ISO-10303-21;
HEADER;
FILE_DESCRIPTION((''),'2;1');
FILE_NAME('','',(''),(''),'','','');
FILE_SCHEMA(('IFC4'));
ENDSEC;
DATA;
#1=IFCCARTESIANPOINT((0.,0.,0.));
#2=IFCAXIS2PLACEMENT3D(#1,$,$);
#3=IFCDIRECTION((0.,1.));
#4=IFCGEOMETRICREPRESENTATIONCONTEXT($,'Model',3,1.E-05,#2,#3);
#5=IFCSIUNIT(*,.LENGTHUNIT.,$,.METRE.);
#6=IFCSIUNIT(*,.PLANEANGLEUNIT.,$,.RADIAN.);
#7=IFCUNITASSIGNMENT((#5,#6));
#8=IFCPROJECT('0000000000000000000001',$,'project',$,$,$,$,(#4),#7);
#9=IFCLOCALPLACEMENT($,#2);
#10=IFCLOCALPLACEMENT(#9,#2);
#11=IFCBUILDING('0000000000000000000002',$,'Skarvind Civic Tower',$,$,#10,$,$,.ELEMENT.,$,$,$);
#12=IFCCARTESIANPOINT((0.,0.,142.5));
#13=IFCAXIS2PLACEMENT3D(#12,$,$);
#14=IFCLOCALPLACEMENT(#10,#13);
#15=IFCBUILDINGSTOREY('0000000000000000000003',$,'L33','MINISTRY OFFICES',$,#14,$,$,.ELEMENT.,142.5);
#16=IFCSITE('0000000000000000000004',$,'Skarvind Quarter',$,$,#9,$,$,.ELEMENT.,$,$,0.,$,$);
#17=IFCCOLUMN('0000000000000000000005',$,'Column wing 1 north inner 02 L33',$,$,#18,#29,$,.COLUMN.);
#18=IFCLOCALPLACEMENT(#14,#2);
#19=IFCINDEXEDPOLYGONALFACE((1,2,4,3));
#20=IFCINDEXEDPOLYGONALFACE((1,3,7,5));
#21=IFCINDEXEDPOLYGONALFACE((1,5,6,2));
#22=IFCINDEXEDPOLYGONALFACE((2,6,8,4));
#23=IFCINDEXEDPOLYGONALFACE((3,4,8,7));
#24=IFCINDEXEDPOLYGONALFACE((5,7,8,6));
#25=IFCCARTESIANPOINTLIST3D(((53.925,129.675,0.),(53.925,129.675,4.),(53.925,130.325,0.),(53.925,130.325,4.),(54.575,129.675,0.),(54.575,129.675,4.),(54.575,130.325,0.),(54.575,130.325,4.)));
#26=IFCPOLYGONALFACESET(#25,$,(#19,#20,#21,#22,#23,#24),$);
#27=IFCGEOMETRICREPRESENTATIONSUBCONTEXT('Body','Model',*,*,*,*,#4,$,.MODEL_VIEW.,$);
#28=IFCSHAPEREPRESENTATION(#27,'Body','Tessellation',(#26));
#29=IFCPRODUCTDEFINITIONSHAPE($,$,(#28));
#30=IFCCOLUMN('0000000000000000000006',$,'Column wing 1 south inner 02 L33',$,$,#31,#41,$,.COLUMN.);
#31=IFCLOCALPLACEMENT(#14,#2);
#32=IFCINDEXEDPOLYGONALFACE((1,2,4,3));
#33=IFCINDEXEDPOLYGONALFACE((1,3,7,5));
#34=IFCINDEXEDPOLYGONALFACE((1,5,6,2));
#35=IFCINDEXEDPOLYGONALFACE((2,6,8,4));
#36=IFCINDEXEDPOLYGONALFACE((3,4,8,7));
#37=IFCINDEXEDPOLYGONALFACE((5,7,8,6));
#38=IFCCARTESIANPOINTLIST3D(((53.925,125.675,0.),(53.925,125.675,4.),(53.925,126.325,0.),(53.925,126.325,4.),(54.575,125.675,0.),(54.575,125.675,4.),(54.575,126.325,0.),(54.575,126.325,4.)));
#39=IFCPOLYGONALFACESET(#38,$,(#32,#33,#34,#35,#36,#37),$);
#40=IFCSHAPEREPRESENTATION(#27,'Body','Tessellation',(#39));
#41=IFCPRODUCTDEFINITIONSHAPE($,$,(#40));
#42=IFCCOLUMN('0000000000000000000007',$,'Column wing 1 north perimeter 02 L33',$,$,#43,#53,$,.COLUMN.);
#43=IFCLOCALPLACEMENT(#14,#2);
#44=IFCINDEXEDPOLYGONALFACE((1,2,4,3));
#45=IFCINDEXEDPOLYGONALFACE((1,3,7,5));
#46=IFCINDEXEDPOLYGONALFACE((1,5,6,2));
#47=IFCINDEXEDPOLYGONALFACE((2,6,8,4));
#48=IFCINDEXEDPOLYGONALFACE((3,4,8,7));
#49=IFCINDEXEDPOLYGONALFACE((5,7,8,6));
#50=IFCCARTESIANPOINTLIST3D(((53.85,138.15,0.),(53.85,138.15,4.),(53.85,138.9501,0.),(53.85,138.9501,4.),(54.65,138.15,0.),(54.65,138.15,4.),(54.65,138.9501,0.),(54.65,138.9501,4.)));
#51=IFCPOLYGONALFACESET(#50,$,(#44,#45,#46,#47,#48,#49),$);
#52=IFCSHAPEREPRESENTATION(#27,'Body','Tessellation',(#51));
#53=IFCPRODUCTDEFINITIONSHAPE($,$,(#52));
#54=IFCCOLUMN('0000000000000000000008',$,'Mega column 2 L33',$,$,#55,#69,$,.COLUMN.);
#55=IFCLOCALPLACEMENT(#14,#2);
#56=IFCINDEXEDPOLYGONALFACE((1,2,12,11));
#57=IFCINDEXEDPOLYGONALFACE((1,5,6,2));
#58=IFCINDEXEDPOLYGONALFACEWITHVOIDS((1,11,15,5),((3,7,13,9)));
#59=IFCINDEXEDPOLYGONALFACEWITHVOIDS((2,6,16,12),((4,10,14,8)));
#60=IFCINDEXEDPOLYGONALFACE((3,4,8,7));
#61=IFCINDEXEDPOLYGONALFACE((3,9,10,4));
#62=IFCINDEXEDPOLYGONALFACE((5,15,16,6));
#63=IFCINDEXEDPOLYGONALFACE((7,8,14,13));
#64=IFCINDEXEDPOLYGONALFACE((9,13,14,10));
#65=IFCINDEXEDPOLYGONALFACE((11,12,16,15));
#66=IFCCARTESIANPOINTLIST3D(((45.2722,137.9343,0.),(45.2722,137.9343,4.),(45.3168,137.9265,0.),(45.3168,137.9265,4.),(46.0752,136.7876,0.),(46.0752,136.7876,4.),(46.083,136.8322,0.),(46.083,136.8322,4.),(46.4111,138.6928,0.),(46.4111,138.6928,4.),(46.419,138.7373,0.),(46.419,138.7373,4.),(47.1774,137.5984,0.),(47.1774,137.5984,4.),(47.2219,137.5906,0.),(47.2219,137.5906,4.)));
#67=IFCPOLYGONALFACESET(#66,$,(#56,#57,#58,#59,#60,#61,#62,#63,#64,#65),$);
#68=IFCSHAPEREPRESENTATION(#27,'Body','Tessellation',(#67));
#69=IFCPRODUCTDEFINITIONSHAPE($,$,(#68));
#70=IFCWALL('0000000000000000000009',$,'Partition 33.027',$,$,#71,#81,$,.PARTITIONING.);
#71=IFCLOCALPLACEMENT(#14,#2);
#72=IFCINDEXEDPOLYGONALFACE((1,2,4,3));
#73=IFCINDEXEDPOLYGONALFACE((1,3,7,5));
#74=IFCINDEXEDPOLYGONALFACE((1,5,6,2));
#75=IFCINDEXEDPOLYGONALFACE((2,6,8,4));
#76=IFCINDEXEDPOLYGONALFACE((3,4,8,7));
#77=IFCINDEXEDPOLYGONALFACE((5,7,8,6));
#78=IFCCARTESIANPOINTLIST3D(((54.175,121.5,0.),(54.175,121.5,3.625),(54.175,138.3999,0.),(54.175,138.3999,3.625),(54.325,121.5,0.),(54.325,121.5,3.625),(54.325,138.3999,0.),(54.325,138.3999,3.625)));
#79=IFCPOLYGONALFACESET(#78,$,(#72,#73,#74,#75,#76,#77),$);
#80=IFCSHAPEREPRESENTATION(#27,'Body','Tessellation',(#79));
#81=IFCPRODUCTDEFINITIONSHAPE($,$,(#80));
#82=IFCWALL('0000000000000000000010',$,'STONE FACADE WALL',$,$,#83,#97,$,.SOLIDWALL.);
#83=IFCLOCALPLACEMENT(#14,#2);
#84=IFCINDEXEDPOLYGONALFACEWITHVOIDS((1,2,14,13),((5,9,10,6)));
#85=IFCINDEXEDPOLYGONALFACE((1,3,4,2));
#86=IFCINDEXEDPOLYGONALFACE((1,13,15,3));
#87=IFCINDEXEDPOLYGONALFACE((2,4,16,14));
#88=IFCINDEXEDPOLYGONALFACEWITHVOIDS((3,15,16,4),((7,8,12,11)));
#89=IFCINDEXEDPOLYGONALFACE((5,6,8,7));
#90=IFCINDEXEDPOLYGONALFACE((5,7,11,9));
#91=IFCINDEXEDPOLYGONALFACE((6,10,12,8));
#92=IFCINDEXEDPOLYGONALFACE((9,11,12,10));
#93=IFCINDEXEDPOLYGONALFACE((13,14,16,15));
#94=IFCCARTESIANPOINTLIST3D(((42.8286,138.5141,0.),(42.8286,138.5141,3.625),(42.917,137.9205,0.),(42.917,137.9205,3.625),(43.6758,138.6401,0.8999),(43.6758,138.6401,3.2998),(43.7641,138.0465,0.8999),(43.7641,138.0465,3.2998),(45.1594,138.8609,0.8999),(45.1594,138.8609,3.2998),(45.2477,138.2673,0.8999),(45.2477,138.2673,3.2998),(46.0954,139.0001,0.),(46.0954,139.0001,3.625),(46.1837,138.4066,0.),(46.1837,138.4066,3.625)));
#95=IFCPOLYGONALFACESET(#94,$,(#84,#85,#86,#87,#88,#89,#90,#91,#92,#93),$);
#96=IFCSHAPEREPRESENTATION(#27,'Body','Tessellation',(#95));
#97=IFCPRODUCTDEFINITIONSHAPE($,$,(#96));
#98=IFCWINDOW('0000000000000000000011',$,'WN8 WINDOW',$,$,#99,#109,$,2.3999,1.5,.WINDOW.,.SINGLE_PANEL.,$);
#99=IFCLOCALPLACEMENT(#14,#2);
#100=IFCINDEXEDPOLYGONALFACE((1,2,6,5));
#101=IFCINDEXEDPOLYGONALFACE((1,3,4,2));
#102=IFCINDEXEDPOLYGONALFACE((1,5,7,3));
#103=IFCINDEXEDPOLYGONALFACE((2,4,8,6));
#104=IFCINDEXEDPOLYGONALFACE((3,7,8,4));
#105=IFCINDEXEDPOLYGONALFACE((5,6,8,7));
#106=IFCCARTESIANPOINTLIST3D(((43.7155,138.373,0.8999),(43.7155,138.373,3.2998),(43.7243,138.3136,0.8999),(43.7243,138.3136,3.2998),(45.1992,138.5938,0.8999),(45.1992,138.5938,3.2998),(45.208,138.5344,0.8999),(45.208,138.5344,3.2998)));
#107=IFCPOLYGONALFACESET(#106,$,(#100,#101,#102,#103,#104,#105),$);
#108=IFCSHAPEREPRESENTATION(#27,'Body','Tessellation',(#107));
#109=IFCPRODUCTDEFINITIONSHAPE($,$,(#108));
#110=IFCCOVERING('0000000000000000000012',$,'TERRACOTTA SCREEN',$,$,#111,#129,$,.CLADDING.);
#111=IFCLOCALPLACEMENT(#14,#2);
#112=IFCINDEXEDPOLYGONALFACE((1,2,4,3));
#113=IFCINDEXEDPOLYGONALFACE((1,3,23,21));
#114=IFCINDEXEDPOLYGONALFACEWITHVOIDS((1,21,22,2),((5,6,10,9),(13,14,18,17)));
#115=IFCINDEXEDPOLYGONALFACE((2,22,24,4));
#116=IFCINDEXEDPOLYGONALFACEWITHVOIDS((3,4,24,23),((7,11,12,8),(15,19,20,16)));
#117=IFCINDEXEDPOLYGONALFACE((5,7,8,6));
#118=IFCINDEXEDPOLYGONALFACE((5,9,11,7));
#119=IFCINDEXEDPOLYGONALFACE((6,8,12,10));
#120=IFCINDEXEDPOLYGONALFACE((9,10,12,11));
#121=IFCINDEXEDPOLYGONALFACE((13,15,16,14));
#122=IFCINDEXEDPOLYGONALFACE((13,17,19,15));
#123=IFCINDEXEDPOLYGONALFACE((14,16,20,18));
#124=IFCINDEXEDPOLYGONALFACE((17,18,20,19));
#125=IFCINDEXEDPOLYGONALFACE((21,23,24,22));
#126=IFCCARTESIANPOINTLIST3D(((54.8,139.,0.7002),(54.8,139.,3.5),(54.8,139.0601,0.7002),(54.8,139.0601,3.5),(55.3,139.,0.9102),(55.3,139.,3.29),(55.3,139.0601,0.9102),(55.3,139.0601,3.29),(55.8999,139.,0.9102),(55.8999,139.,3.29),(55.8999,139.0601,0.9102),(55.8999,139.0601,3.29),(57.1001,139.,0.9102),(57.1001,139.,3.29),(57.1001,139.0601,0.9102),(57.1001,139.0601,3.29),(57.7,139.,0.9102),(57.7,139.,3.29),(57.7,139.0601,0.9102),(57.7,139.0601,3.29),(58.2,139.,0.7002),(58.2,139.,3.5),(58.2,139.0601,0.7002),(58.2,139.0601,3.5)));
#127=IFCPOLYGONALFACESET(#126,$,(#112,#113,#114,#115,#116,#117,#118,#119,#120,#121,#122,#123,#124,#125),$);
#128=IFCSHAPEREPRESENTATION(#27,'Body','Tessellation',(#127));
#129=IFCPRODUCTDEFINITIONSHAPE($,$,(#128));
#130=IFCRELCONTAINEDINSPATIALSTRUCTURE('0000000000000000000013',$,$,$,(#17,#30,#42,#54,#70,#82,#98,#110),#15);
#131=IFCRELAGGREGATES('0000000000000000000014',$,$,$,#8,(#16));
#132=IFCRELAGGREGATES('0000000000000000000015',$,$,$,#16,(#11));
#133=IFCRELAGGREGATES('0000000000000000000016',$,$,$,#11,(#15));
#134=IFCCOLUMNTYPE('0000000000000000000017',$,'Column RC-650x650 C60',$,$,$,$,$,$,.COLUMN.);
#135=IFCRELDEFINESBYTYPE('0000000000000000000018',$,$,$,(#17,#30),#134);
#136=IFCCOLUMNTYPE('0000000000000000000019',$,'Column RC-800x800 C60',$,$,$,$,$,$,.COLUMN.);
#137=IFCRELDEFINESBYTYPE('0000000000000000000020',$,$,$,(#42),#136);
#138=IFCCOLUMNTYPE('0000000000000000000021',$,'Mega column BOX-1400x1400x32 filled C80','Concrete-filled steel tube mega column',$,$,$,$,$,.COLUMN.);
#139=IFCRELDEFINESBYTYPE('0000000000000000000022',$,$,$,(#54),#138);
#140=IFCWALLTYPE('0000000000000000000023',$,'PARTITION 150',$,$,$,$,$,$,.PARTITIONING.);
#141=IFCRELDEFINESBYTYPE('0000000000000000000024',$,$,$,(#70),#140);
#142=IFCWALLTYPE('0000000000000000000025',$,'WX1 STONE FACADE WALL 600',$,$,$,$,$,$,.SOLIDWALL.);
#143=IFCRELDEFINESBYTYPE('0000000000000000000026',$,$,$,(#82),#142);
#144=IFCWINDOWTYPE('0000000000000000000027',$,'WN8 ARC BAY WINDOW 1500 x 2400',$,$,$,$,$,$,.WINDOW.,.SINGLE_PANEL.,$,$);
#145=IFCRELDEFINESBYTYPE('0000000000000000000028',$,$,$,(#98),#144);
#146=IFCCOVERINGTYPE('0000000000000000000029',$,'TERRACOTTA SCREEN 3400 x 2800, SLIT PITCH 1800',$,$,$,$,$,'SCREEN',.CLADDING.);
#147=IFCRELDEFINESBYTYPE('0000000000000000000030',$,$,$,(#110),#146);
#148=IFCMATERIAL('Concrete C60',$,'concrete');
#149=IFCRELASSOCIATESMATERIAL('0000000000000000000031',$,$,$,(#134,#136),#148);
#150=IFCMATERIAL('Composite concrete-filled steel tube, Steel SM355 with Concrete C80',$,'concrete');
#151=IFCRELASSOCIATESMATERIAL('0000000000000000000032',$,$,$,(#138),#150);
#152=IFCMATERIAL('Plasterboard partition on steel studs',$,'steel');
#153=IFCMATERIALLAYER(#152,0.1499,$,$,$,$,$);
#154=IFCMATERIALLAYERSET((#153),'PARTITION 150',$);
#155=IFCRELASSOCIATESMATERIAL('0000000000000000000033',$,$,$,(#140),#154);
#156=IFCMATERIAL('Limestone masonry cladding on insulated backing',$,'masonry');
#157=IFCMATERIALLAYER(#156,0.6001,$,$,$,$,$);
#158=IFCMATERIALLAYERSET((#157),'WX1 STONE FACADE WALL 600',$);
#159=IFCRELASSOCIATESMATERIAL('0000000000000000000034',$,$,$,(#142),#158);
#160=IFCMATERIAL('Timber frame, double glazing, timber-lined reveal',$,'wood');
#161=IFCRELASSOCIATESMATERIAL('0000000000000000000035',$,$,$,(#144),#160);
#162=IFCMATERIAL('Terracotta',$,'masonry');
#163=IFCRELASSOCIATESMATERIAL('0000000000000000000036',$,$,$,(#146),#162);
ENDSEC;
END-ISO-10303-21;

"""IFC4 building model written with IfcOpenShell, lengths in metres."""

from ifc_helpers import new_model, si_unit, direction, frame, frame_2d, origin, origin_2d, place, context, subcontext, project, spatial, polyline, rectangle, hollow_rectangle, outline, extrude, material, layer, layer_set, material_profile, profile_set, type_object, element, fill, save


model = new_model("IFC4")

# Units and contexts
model_context = context("Model", 3, precision=1e-05, world=origin(), true_north=direction((0.0, 1.0)))
body_context = subcontext(model_context, "Body", "Model", "MODEL_VIEW")
ifc_project = project(units=[si_unit("LENGTHUNIT", "METRE"), si_unit("PLANEANGLEUNIT", "RADIAN")], contexts=[model_context])

# Site, building, storey
site_placement = place(None, origin())
site = spatial("IfcSite", under=ifc_project, at=site_placement, Name="Skarvind Quarter", CompositionType="ELEMENT", RefElevation=0.0)
building_placement = place(site_placement, origin())
building = spatial("IfcBuilding", under=site, at=building_placement, Name="Skarvind Civic Tower", CompositionType="ELEMENT")
storey_placement = place(building_placement, frame((0.0, 0.0, 142.5)))
storey = spatial("IfcBuildingStorey", under=building, at=storey_placement, Name="L33", Description="MINISTRY OFFICES", CompositionType="ELEMENT", Elevation=142.5)

# Columns
ifc_material_1 = material(Name="Concrete C60", Category="concrete")
ifc_material_profile_1 = material_profile(ifc_material_1, rectangle(XDim=0.6499, YDim=0.6499, at=origin_2d()), Name="RC-650x650")
ifc_profile_set_1 = profile_set([ifc_material_profile_1], Name="Concrete C60")
column_type_1 = type_object("IfcColumnType", Name="Column RC-650x650 C60", PredefinedType="COLUMN", material=ifc_profile_set_1)
for number, where, z_axis, x_axis, name in (
    (1, (54.25, 130.0, 0.0), (0.0, 0.0, 1.0), (1.0, 0.0, 0.0), "Column wing 1 north inner 02 L33"),
    (2, (54.25, 126.0, 0.0), (0.0, 0.0, 1.0), (1.0, 0.0, 0.0), "Column wing 1 south inner 02 L33"),
):
    element("IfcColumn", number, at=place(storey_placement, frame(where, z_axis=z_axis, x_axis=x_axis)), inside=storey, type_object=column_type_1, Name=name, PredefinedType="COLUMN", context=body_context, shape_type="SweptSolid", body=[
        extrude(rectangle(XDim=0.6499, YDim=0.6499, at=origin_2d()), origin(), (0.0, 0.0, 1.0), 4.0),
    ])
ifc_material_profile_2 = material_profile(ifc_material_1, rectangle(XDim=0.8, YDim=0.8, at=origin_2d()), Name="RC-800x800")
ifc_profile_set_2 = profile_set([ifc_material_profile_2], Name="Concrete C60")
column_type_2 = type_object("IfcColumnType", Name="Column RC-800x800 C60", PredefinedType="COLUMN", material=ifc_profile_set_2)
column_1_placement = place(storey_placement, frame((54.25, 138.55, 0.0), z_axis=(0.0, 0.0, 1.0), x_axis=(1.0, 0.0, 0.0)))
element("IfcColumn", 3, at=column_1_placement, inside=storey, type_object=column_type_2, Name="Column wing 1 north perimeter 02 L33", PredefinedType="COLUMN", context=body_context, shape_type="SweptSolid", body=[
    extrude(rectangle(XDim=0.8, YDim=0.8, at=origin_2d()), origin(), (0.0, 0.0, 1.0), 4.0),
])
ifc_material_2 = material(Name="Composite concrete-filled steel tube, Steel SM355 with Concrete C80", Category="concrete")
ifc_material_profile_3 = material_profile(ifc_material_2, hollow_rectangle(XDim=1.3999, YDim=1.3999, WallThickness=0.032, at=origin_2d()), Name="BOX-1400x1400x32")
ifc_profile_set_3 = profile_set([ifc_material_profile_3], Name="Composite concrete-filled steel tube, Steel SM355 with Concrete C80")
column_type_3 = type_object("IfcColumnType", Name="Mega column BOX-1400x1400x32 filled C80", Description="Concrete-filled steel tube mega column", PredefinedType="COLUMN", material=ifc_profile_set_3)
column_2_placement = place(storey_placement, frame((46.2471, 137.7625, 0.0), z_axis=(0.0, 0.0, 1.0), x_axis=(0.573576, -0.819152, 0.0)))
element("IfcColumn", 4, at=column_2_placement, inside=storey, type_object=column_type_3, Name="Mega column 2 L33", PredefinedType="COLUMN", context=body_context, shape_type="SweptSolid", body=[
    extrude(hollow_rectangle(XDim=1.3999, YDim=1.3999, WallThickness=0.032, at=origin_2d()), origin(), (0.0, 0.0, 1.0), 4.0),
])

# Wall
ifc_material_3 = material(Name="Plasterboard partition on steel studs", Category="steel")
ifc_layer_1 = layer(ifc_material_3, 0.1499)
ifc_layer_set_1 = layer_set([ifc_layer_1], Name="PARTITION 150")
wall_type_1 = type_object("IfcWallType", Name="PARTITION 150", PredefinedType="PARTITIONING", material=ifc_layer_set_1)
wall_1_placement = place(storey_placement, frame((54.25, 138.3999, 0.0), z_axis=(0.0, 0.0, 1.0), x_axis=(0.0, -1.0, 0.0)))
element("IfcWall", 5, at=wall_1_placement, inside=storey, type_object=wall_type_1, Name="Partition 33.027", PredefinedType="PARTITIONING", context=body_context, shape_type="SweptSolid", body=[
    extrude(rectangle(XDim=16.8999, YDim=0.1499, at=frame_2d((8.45, 0.0))), origin(), (0.0, 0.0, 1.0), 3.625),
])

# Shared definitions
ifc_material_4 = material(Name="Limestone masonry cladding on insulated backing", Category="masonry")
ifc_layer_2 = layer(ifc_material_4, 0.6001)
ifc_layer_set_2 = layer_set([ifc_layer_2], Name="WX1 STONE FACADE WALL 600")
wall_type_2 = type_object("IfcWallType", Name="WX1 STONE FACADE WALL 600", PredefinedType="SOLIDWALL", material=ifc_layer_set_2)
ifc_material_5 = material(Name="Timber frame, double glazing, timber-lined reveal", Category="wood")

# Wall, opening, window
wall_2_placement = place(storey_placement, frame((42.8728, 138.2173, 0.0), z_axis=(0.0, 0.0, 1.0), x_axis=(0.989111, 0.147173, 0.0)))
wall_2 = element("IfcWall", 6, at=wall_2_placement, inside=storey, type_object=wall_type_2, Name="STONE FACADE WALL", PredefinedType="SOLIDWALL", context=body_context, shape_type="SweptSolid", body=[
    extrude(rectangle(XDim=3.3027, YDim=0.6001, at=frame_2d((1.6514, 0.0))), origin(), (0.0, 0.0, 1.0), 3.625),
])
opening_1_placement = place(wall_2_placement, frame((0.8564, 0.0, 0.8999)))
opening_1 = element("IfcOpeningElement", 7, at=opening_1_placement, cuts=wall_2, PredefinedType="OPENING", context=body_context, shape_type="SweptSolid", body=[
    extrude(rectangle(XDim=1.5, YDim=2.3999, at=frame_2d((0.75, 1.2))), frame((0.0, 0.3101, 0.0), z_axis=(0.0, -1.0, 0.0), x_axis=(1.0, 0.0, 0.0)), (0.0, 0.0, 1.0), 0.6201),
])
window_type_1 = type_object("IfcWindowType", Name="WN8 ARC BAY WINDOW 1500 x 2400", PartitioningType="SINGLE_PANEL", PredefinedType="WINDOW", material=ifc_material_5)
window_1_placement = place(opening_1_placement, origin())
window_1 = element("IfcWindow", 8, at=window_1_placement, inside=storey, type_object=window_type_1, Name="WN8 WINDOW", OverallHeight=2.3999, OverallWidth=1.5, PartitioningType="SINGLE_PANEL", PredefinedType="WINDOW", context=body_context, shape_type="SweptSolid", body=[
    extrude(rectangle(XDim=1.5, YDim=2.3999, at=frame_2d((0.75, 1.2))), frame((0.0, 0.03, 0.0), z_axis=(0.0, -1.0, 0.0), x_axis=(1.0, 0.0, 0.0)), (0.0, 0.0, 1.0), 0.0601),
])
fill(opening_1, window_1)

# Covering
ifc_material_6 = material(Name="Terracotta", Category="masonry")
ifc_material_profile_4 = material_profile(ifc_material_6, outline(polyline([(-1.7, -1.3999), (1.7, -1.3999), (1.7, 1.3999), (-1.7, 1.3999), (-1.7, -1.3999)]), holes=[polyline([(-1.2, -1.1899), (-0.6001, -1.1899), (-0.6001, 1.1899), (-1.2, 1.1899), (-1.2, -1.1899)]), polyline([(0.6001, -1.1899), (1.2, -1.1899), (1.2, 1.1899), (0.6001, 1.1899), (0.6001, -1.1899)])]), Name="TERRACOTTA SCREEN 3400 x 2800, SLIT PITCH 1800")
ifc_profile_set_4 = profile_set([ifc_material_profile_4], Name="Terracotta")
covering_type = type_object("IfcCoveringType", Name="TERRACOTTA SCREEN 3400 x 2800, SLIT PITCH 1800", ElementType="SCREEN", PredefinedType="CLADDING", material=ifc_profile_set_4)
covering_placement = place(storey_placement, frame((56.5, 139.0, 2.1001), z_axis=(0.0, 1.0, 0.0), x_axis=(-1.0, 0.0, 0.0)))
element("IfcCovering", 9, at=covering_placement, inside=storey, type_object=covering_type, Name="TERRACOTTA SCREEN", PredefinedType="CLADDING", context=body_context, shape_type="SweptSolid", body=[
    extrude(outline(polyline([(-1.7, -1.3999), (1.7, -1.3999), (1.7, 1.3999), (-1.7, 1.3999), (-1.7, -1.3999)]), holes=[polyline([(-1.2, -1.1899), (-0.6001, -1.1899), (-0.6001, 1.1899), (-1.2, 1.1899), (-1.2, -1.1899)]), polyline([(0.6001, -1.1899), (1.2, -1.1899), (1.2, 1.1899), (0.6001, 1.1899), (0.6001, -1.1899)])]), origin(), (0.0, 0.0, 1.0), 0.0601),
])

save(model, "model.ifc")
